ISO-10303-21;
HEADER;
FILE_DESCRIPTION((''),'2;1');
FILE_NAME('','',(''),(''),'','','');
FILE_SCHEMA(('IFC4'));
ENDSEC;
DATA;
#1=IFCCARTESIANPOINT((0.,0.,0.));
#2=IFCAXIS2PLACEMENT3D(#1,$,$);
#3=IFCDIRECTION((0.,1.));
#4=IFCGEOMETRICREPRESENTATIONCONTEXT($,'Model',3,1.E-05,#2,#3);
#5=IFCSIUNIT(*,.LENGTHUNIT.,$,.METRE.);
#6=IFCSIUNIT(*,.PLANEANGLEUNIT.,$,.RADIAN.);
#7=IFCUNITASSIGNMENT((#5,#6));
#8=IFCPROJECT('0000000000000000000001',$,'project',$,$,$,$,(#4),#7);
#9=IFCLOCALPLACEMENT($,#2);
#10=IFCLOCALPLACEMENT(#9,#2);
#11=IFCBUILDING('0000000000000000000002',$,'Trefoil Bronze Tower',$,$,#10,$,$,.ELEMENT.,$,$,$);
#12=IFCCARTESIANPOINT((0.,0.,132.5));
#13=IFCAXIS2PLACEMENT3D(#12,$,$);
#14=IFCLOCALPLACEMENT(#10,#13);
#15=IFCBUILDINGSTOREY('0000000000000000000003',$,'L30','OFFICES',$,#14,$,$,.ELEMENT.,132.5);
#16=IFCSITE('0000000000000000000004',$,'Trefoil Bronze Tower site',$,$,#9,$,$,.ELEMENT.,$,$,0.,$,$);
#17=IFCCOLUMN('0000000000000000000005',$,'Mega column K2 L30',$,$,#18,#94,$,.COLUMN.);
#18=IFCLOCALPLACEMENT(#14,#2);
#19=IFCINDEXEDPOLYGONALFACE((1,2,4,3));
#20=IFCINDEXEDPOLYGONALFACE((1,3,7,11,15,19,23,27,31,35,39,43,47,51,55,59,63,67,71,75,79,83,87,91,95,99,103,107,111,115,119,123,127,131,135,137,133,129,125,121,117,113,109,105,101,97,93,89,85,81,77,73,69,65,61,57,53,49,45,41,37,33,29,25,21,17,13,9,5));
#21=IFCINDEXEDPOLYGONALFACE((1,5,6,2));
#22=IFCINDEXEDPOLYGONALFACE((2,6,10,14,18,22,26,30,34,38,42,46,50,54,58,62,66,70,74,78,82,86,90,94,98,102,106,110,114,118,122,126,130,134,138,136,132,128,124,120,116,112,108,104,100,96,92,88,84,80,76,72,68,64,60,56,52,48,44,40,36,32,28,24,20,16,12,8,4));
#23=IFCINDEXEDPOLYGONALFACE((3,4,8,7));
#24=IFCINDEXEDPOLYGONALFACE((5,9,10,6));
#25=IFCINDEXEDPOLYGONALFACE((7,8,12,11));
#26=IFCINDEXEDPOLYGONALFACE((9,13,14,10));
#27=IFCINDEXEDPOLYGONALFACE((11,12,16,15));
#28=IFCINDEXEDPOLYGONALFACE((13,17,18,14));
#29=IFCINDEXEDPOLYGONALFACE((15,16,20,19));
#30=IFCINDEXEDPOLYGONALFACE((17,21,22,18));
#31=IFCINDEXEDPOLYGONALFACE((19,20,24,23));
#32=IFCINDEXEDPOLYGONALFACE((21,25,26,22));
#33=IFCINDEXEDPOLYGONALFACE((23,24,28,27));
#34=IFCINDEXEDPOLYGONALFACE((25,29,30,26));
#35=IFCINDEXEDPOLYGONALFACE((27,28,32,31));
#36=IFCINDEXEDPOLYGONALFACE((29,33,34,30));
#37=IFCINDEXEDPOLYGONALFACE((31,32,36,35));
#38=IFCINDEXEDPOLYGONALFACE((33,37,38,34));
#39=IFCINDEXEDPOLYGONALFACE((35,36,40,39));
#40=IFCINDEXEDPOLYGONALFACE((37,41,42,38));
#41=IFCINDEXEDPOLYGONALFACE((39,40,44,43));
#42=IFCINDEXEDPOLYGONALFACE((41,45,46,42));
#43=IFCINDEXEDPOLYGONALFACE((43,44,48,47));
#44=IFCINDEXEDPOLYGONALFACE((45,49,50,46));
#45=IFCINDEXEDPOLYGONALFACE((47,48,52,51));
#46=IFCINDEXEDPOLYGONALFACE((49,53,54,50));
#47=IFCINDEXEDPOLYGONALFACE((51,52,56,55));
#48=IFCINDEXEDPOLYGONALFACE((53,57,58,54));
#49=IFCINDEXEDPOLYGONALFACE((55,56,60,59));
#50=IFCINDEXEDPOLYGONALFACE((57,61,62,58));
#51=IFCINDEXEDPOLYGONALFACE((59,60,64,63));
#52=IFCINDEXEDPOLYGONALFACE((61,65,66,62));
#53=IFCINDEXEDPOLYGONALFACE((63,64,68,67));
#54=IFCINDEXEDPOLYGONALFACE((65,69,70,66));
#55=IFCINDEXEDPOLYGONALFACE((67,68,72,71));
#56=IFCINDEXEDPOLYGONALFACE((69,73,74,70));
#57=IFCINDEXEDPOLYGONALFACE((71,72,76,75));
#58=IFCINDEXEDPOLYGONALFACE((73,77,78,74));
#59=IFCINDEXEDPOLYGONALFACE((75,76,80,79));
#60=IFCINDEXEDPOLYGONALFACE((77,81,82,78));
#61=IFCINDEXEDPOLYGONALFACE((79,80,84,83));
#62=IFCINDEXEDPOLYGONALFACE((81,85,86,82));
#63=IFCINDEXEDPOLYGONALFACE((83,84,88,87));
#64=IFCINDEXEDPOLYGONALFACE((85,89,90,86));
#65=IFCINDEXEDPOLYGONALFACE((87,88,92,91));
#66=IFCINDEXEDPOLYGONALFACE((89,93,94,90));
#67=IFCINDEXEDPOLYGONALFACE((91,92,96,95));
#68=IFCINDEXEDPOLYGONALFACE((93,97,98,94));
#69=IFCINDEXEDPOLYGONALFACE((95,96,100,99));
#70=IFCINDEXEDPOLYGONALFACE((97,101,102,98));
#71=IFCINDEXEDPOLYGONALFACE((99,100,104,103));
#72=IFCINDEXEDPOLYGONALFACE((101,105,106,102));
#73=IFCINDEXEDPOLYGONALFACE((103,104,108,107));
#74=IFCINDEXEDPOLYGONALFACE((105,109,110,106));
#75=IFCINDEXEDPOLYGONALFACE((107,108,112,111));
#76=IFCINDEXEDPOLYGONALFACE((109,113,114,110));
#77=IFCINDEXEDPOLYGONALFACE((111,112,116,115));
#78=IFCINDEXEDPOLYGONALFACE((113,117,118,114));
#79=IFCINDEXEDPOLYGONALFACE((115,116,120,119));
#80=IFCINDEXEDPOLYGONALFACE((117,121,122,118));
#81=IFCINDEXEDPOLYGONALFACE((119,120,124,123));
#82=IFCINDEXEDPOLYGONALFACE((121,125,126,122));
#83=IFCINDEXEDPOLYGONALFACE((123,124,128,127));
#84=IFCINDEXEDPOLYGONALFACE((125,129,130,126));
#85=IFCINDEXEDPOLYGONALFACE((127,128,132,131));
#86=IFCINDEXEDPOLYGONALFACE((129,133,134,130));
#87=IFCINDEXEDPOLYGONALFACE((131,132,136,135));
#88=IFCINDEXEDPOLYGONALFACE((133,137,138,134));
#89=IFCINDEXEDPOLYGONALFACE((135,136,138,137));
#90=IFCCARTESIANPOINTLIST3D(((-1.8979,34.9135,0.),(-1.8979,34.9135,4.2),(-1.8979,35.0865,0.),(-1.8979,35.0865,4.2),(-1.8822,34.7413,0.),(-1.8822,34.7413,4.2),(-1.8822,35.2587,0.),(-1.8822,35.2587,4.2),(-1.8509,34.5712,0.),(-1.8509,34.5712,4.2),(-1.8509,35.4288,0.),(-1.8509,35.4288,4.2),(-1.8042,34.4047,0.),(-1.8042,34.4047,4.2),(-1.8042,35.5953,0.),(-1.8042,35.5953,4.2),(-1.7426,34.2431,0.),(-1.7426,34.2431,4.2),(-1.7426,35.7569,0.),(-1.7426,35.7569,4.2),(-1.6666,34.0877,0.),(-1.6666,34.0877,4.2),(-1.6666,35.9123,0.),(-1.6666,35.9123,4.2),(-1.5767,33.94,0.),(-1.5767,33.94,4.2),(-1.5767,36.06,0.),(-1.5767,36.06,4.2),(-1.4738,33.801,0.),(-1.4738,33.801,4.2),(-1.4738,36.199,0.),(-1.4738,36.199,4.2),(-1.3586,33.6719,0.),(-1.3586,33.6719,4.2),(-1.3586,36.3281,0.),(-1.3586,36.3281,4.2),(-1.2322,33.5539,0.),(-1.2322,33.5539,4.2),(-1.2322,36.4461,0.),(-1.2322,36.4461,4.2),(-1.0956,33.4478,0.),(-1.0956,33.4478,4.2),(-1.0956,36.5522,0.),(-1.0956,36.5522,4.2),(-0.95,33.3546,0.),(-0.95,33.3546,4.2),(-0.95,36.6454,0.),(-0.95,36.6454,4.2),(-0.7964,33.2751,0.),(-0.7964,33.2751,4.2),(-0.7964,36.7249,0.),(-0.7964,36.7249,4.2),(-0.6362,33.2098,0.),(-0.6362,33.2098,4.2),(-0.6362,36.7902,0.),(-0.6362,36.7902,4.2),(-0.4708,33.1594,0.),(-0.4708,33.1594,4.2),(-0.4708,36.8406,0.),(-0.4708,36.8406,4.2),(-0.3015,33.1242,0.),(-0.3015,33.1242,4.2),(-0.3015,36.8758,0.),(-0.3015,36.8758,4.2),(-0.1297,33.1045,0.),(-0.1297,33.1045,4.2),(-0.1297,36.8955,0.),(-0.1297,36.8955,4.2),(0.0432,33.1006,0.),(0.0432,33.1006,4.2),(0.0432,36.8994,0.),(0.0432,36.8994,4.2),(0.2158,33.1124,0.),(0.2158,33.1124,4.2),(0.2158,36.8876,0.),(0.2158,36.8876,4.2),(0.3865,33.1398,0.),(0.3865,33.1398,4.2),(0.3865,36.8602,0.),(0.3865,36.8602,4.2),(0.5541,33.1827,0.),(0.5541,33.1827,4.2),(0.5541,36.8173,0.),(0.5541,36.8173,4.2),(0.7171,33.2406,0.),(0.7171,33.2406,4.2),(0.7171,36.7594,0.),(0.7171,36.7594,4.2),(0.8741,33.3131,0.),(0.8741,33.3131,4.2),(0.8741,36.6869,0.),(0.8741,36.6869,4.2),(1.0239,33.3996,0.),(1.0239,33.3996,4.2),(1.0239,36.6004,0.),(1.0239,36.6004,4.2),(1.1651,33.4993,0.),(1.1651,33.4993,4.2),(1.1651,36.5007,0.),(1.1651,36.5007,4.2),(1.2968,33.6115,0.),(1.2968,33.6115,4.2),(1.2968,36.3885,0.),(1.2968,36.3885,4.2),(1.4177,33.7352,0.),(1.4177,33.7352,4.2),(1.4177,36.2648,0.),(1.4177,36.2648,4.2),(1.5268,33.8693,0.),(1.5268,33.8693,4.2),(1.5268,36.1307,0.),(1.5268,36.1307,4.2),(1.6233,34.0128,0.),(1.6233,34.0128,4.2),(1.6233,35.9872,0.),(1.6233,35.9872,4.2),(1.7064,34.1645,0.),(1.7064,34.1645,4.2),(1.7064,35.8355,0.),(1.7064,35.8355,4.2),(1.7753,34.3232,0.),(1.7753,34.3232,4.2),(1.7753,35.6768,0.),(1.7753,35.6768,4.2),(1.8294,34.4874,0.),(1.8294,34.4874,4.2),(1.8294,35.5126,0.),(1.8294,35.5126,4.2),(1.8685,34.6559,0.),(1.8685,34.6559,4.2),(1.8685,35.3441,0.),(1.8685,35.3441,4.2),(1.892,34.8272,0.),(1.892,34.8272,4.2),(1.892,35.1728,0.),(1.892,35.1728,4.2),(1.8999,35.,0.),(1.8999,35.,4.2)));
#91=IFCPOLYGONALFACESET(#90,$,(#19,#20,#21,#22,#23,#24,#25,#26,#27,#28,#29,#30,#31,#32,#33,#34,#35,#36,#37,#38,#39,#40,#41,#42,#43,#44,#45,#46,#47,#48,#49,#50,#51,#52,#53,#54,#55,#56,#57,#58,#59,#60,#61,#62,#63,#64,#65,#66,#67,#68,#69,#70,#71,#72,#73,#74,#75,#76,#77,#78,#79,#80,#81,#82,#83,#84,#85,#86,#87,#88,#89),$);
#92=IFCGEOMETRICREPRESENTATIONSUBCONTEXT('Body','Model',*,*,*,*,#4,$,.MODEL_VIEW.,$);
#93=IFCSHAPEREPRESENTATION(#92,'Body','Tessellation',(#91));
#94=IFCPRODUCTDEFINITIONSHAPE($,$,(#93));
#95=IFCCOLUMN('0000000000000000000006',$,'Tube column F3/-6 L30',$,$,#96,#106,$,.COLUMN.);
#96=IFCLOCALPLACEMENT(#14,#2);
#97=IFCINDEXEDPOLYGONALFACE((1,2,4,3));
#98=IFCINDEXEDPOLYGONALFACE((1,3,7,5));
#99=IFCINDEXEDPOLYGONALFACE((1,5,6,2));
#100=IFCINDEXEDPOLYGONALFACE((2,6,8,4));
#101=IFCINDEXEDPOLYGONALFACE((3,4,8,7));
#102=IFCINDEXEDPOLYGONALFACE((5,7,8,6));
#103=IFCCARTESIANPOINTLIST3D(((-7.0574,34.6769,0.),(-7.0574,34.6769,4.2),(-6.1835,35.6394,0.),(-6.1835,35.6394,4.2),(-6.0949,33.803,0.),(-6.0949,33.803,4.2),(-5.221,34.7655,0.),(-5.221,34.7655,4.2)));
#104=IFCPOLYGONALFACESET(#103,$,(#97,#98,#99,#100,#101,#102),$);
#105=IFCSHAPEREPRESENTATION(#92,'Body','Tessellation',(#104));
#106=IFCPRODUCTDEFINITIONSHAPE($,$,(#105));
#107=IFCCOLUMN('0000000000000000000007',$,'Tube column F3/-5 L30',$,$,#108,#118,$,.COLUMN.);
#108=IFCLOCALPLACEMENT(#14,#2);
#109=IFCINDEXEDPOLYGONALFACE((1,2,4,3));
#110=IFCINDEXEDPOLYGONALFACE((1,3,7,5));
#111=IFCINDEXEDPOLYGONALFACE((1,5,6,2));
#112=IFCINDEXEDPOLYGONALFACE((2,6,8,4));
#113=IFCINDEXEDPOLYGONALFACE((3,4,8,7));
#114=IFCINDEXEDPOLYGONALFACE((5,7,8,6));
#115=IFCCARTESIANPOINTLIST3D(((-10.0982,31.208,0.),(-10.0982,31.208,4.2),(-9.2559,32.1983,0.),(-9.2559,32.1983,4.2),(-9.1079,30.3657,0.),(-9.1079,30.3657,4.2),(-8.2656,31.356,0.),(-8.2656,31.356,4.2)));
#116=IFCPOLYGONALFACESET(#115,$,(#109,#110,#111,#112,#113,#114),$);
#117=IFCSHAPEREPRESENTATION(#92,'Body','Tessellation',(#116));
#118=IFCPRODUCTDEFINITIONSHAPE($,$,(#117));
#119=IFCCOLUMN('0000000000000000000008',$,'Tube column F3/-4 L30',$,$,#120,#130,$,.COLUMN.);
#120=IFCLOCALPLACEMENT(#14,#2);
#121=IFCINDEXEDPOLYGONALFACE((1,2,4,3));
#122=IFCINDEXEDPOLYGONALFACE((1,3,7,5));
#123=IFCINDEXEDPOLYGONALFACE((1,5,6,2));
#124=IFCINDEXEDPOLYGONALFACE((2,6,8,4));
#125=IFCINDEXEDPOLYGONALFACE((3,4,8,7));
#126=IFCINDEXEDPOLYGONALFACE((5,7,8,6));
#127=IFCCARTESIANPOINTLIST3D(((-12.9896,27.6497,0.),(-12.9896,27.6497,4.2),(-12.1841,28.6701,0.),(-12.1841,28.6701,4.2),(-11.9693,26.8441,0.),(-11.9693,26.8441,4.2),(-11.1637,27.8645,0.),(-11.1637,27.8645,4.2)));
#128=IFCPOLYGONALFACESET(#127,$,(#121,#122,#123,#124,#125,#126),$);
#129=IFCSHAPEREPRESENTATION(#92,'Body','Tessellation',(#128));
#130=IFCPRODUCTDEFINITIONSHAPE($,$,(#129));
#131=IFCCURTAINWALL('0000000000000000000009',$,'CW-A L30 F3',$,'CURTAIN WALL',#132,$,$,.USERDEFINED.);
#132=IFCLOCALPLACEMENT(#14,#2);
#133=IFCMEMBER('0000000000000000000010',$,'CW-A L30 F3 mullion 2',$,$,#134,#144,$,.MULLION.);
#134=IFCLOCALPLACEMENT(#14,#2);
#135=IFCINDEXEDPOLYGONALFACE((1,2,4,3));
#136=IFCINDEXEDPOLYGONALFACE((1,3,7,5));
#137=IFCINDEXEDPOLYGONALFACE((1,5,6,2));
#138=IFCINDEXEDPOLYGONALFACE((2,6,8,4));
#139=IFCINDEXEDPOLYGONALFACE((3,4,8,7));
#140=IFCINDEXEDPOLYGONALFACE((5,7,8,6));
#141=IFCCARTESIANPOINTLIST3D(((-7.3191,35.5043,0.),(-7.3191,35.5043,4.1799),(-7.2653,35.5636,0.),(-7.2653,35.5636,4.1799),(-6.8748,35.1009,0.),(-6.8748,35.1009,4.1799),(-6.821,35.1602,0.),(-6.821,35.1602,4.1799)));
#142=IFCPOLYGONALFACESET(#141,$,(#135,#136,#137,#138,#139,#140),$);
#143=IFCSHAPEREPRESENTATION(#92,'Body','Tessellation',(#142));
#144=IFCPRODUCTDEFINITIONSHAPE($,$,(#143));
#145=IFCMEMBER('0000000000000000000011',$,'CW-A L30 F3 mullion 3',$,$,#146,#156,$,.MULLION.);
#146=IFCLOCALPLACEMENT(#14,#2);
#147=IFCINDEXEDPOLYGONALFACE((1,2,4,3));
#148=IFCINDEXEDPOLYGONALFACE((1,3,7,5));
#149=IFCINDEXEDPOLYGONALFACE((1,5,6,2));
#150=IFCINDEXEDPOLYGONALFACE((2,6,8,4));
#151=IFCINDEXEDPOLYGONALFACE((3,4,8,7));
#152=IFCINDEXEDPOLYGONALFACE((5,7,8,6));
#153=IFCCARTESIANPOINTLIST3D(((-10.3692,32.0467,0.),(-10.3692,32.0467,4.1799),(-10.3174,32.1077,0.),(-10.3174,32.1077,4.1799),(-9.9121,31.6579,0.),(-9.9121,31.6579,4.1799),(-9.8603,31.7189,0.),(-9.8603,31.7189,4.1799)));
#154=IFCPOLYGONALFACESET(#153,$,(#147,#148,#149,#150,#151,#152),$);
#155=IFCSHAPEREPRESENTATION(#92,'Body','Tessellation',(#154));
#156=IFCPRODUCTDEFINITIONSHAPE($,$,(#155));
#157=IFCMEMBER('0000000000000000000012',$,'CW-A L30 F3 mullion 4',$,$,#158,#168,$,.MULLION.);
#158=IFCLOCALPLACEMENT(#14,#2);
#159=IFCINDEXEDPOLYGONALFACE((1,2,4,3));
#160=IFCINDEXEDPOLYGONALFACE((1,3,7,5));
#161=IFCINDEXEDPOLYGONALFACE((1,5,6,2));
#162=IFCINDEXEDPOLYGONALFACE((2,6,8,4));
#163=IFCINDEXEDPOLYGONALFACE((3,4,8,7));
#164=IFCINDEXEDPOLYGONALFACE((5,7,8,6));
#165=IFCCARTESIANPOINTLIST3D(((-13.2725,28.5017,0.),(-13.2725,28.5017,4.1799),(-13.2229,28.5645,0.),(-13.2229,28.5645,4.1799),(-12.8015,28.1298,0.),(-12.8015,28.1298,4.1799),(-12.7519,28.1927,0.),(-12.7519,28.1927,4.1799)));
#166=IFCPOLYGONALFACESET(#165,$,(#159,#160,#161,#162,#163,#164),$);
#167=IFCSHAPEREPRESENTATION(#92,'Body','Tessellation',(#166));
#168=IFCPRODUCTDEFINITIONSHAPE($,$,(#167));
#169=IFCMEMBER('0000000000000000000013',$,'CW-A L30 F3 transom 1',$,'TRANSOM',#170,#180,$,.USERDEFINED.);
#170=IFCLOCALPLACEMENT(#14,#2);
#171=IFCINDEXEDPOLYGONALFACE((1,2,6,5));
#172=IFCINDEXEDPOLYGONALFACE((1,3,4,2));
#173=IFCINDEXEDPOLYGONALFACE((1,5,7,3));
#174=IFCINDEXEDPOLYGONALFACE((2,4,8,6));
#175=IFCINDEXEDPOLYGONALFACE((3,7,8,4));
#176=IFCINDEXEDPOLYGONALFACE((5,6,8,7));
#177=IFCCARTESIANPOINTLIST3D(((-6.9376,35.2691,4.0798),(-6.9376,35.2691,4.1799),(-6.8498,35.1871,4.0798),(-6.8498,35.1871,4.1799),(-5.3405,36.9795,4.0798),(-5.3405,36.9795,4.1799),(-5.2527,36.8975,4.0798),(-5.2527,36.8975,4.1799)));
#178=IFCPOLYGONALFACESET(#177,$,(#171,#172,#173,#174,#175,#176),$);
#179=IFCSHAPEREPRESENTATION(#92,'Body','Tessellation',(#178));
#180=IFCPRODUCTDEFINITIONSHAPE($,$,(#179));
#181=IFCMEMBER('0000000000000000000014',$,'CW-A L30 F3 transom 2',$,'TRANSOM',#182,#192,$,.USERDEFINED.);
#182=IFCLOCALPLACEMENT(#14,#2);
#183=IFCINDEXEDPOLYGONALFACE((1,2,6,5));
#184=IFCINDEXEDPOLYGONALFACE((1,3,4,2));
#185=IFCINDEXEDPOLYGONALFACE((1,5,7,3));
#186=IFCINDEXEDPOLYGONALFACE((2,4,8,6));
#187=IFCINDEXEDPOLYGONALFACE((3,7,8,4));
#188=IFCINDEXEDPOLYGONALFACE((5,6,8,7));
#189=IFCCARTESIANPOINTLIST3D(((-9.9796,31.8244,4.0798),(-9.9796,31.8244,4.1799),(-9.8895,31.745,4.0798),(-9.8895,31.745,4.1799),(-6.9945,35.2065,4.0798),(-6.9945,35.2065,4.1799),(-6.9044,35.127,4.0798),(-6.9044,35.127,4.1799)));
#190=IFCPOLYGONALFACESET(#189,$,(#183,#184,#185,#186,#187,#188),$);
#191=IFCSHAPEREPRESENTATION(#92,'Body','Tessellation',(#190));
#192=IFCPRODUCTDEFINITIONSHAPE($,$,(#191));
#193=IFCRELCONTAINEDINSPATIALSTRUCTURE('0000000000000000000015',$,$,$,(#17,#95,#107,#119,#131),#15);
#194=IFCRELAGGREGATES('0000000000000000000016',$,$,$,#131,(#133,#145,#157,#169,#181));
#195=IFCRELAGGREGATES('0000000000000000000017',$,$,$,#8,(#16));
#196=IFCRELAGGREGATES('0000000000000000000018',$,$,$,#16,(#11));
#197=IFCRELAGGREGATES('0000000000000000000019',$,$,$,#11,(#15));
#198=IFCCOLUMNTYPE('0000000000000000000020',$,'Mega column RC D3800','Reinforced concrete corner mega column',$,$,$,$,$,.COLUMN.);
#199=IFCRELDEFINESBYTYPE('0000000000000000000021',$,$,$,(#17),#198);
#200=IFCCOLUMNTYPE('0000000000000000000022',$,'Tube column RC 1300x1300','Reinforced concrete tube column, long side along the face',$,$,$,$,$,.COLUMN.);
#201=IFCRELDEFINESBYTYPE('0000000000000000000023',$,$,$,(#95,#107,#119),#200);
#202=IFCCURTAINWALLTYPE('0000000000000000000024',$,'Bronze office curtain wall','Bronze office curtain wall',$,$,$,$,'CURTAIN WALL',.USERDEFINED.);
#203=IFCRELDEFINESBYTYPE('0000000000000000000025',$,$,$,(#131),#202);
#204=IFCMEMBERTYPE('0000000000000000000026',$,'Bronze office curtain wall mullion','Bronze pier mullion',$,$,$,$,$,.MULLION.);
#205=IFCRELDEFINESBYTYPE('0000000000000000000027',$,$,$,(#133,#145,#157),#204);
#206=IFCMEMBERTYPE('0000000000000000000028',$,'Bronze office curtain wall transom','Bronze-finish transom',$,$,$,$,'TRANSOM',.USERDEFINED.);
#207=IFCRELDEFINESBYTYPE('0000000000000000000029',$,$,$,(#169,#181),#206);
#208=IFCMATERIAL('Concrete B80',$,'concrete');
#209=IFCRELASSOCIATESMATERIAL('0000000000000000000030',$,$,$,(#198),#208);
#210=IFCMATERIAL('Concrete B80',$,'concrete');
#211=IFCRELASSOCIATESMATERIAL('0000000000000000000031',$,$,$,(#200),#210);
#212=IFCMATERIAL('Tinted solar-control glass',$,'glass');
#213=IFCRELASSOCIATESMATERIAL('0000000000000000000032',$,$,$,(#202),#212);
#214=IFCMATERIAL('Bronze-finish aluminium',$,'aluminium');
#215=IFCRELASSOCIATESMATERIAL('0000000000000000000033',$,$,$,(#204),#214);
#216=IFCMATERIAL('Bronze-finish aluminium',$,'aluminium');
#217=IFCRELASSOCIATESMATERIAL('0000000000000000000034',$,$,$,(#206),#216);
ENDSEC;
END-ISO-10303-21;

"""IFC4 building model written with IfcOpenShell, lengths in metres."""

from ifc_helpers import new_model, si_unit, direction, frame, origin, origin_2d, place, context, subcontext, project, spatial, rectangle, circle, extrude, material, material_profile, profile_set, type_object, element, aggregate, save


model = new_model("IFC4")

# Units and contexts
model_context = context("Model", 3, precision=1e-05, world=origin(), true_north=direction((0.0, 1.0)))
body_context = subcontext(model_context, "Body", "Model", "MODEL_VIEW")
ifc_project = project(units=[si_unit("LENGTHUNIT", "METRE"), si_unit("PLANEANGLEUNIT", "RADIAN")], contexts=[model_context])

# Site, building, storey
site_placement = place(None, origin())
site = spatial("IfcSite", under=ifc_project, at=site_placement, Name="Trefoil Bronze Tower site", CompositionType="ELEMENT", RefElevation=0.0)
building_placement = place(site_placement, origin())
building = spatial("IfcBuilding", under=site, at=building_placement, Name="Trefoil Bronze Tower", CompositionType="ELEMENT")
storey_placement = place(building_placement, frame((0.0, 0.0, 132.5)))
storey = spatial("IfcBuildingStorey", under=building, at=storey_placement, Name="L30", Description="OFFICES", CompositionType="ELEMENT", Elevation=132.5)

# Columns
ifc_material_1 = material(Name="Concrete B80", Category="concrete")
ifc_material_profile_1 = material_profile(ifc_material_1, circle(Radius=1.8999, at=origin_2d()), Name="RC D3800")
ifc_profile_set_1 = profile_set([ifc_material_profile_1], Name="Concrete B80")
column_type_1 = type_object("IfcColumnType", Name="Mega column RC D3800", Description="Reinforced concrete corner mega column", PredefinedType="COLUMN", material=ifc_profile_set_1)
column_placement = place(storey_placement, frame((0.0, 35.0, 0.0), z_axis=(0.0, 0.0, 1.0), x_axis=(1.0, 0.0, 0.0)))
element("IfcColumn", 1, at=column_placement, inside=storey, type_object=column_type_1, Name="Mega column K2 L30", PredefinedType="COLUMN", context=body_context, shape_type="SweptSolid", body=[
    extrude(circle(Radius=1.8999, at=origin_2d()), origin(), (0.0, 0.0, 1.0), 4.2),
])
ifc_material_2 = material(Name="Concrete B80", Category="concrete")
ifc_material_profile_2 = material_profile(ifc_material_2, rectangle(XDim=1.3, YDim=1.3, at=origin_2d()), Name="RC 1300x1300")
ifc_profile_set_2 = profile_set([ifc_material_profile_2], Name="Concrete B80")
column_type_2 = type_object("IfcColumnType", Name="Tube column RC 1300x1300", Description="Reinforced concrete tube column, long side along the face", PredefinedType="COLUMN", material=ifc_profile_set_2)
for number, where, z_axis, x_axis, name in (
    (2, (-6.1392, 34.7212, 0.0), (0.0, 0.0, 1.0), (-0.67221, -0.740361, 0.0), "Tube column F3/-6 L30"),
    (3, (-9.1819, 31.282, 0.0), (0.0, 0.0, 1.0), (-0.647904, -0.761722, 0.0), "Tube column F3/-5 L30"),
    (4, (-12.0767, 27.7571, 0.0), (0.0, 0.0, 1.0), (-0.619649, -0.784879, 0.0), "Tube column F3/-4 L30"),
):
    element("IfcColumn", number, at=place(storey_placement, frame(where, z_axis=z_axis, x_axis=x_axis)), inside=storey, type_object=column_type_2, Name=name, PredefinedType="COLUMN", context=body_context, shape_type="SweptSolid", body=[
        extrude(rectangle(XDim=1.3, YDim=1.3, at=origin_2d()), origin(), (0.0, 0.0, 1.0), 4.2),
    ])

# Curtain wall, members
ifc_material_3 = material(Name="Tinted solar-control glass", Category="glass")
curtain_wall_type_1 = type_object("IfcCurtainWallType", Name="Bronze office curtain wall", Description="Bronze office curtain wall", ElementType="CURTAIN WALL", PredefinedType="USERDEFINED", material=ifc_material_3)
curtain_wall_1_placement = place(storey_placement, origin())
curtain_wall_1 = element("IfcCurtainWall", 5, at=curtain_wall_1_placement, inside=storey, type_object=curtain_wall_type_1, Name="CW-A L30 F3", ObjectType="CURTAIN WALL", PredefinedType="USERDEFINED")
ifc_material_4 = material(Name="Bronze-finish aluminium", Category="aluminium")
ifc_material_profile_3 = material_profile(ifc_material_4, rectangle(XDim=0.6001, YDim=0.0801, at=origin_2d()), Name="CW-A mullion")
ifc_profile_set_3 = profile_set([ifc_material_profile_3], Name="Bronze-finish aluminium")
member_type_1 = type_object("IfcMemberType", Name="Bronze office curtain wall mullion", Description="Bronze pier mullion", PredefinedType="MULLION", material=ifc_profile_set_3)
member_1_placement = place(storey_placement, frame((-7.0701, 35.3323, 0.0), z_axis=(0.0, 0.0, 1.0), x_axis=(0.740361, -0.67221, 0.0)))
member_1 = element("IfcMember", 6, at=member_1_placement, type_object=member_type_1, Name="CW-A L30 F3 mullion 2", PredefinedType="MULLION", context=body_context, shape_type="SweptSolid", body=[
    extrude(rectangle(XDim=0.6001, YDim=0.0801, at=origin_2d()), origin(), (0.0, 0.0, 1.0), 4.1799),
])
member_2_placement = place(storey_placement, frame((-10.1147, 31.8828, 0.0), z_axis=(0.0, 0.0, 1.0), x_axis=(0.761722, -0.647904, 0.0)))
member_2 = element("IfcMember", 7, at=member_2_placement, type_object=member_type_1, Name="CW-A L30 F3 mullion 3", PredefinedType="MULLION", context=body_context, shape_type="SweptSolid", body=[
    extrude(rectangle(XDim=0.6001, YDim=0.0801, at=origin_2d()), origin(), (0.0, 0.0, 1.0), 4.1799),
])
member_3_placement = place(storey_placement, frame((-13.0122, 28.3472, 0.0), z_axis=(0.0, 0.0, 1.0), x_axis=(0.784879, -0.619649, 0.0)))
member_3 = element("IfcMember", 8, at=member_3_placement, type_object=member_type_1, Name="CW-A L30 F3 mullion 4", PredefinedType="MULLION", context=body_context, shape_type="SweptSolid", body=[
    extrude(rectangle(XDim=0.6001, YDim=0.0801, at=origin_2d()), origin(), (0.0, 0.0, 1.0), 4.1799),
])
ifc_material_5 = material(Name="Bronze-finish aluminium", Category="aluminium")
ifc_material_profile_4 = material_profile(ifc_material_5, rectangle(XDim=0.1201, YDim=0.1001, at=origin_2d()), Name="CW-A transom")
ifc_profile_set_4 = profile_set([ifc_material_profile_4], Name="Bronze-finish aluminium")
member_type_2 = type_object("IfcMemberType", Name="Bronze office curtain wall transom", Description="Bronze-finish transom", ElementType="TRANSOM", PredefinedType="USERDEFINED", material=ifc_profile_set_4)
member_4_placement = place(storey_placement, frame((-5.2966, 36.9385, 4.1299), z_axis=(-0.682489, -0.730896, 0.0), x_axis=(0.730896, -0.682489, 0.0)))
member_4 = element("IfcMember", 9, at=member_4_placement, type_object=member_type_2, Name="CW-A L30 F3 transom 1", ObjectType="TRANSOM", PredefinedType="USERDEFINED", context=body_context, shape_type="SweptSolid", body=[
    extrude(rectangle(XDim=0.1201, YDim=0.1001, at=origin_2d()), origin(), (0.0, 0.0, 1.0), 2.3401),
])
member_5_placement = place(storey_placement, frame((-6.9495, 35.1667, 4.1299), z_axis=(-0.661736, -0.749737, 0.0), x_axis=(0.749737, -0.661736, 0.0)))
member_5 = element("IfcMember", 10, at=member_5_placement, type_object=member_type_2, Name="CW-A L30 F3 transom 2", ObjectType="TRANSOM", PredefinedType="USERDEFINED", context=body_context, shape_type="SweptSolid", body=[
    extrude(rectangle(XDim=0.1201, YDim=0.1001, at=origin_2d()), origin(), (0.0, 0.0, 1.0), 4.511),
])

aggregate(curtain_wall_1, [member_1, member_2, member_3, member_4, member_5])

save(model, "model.ifc")
